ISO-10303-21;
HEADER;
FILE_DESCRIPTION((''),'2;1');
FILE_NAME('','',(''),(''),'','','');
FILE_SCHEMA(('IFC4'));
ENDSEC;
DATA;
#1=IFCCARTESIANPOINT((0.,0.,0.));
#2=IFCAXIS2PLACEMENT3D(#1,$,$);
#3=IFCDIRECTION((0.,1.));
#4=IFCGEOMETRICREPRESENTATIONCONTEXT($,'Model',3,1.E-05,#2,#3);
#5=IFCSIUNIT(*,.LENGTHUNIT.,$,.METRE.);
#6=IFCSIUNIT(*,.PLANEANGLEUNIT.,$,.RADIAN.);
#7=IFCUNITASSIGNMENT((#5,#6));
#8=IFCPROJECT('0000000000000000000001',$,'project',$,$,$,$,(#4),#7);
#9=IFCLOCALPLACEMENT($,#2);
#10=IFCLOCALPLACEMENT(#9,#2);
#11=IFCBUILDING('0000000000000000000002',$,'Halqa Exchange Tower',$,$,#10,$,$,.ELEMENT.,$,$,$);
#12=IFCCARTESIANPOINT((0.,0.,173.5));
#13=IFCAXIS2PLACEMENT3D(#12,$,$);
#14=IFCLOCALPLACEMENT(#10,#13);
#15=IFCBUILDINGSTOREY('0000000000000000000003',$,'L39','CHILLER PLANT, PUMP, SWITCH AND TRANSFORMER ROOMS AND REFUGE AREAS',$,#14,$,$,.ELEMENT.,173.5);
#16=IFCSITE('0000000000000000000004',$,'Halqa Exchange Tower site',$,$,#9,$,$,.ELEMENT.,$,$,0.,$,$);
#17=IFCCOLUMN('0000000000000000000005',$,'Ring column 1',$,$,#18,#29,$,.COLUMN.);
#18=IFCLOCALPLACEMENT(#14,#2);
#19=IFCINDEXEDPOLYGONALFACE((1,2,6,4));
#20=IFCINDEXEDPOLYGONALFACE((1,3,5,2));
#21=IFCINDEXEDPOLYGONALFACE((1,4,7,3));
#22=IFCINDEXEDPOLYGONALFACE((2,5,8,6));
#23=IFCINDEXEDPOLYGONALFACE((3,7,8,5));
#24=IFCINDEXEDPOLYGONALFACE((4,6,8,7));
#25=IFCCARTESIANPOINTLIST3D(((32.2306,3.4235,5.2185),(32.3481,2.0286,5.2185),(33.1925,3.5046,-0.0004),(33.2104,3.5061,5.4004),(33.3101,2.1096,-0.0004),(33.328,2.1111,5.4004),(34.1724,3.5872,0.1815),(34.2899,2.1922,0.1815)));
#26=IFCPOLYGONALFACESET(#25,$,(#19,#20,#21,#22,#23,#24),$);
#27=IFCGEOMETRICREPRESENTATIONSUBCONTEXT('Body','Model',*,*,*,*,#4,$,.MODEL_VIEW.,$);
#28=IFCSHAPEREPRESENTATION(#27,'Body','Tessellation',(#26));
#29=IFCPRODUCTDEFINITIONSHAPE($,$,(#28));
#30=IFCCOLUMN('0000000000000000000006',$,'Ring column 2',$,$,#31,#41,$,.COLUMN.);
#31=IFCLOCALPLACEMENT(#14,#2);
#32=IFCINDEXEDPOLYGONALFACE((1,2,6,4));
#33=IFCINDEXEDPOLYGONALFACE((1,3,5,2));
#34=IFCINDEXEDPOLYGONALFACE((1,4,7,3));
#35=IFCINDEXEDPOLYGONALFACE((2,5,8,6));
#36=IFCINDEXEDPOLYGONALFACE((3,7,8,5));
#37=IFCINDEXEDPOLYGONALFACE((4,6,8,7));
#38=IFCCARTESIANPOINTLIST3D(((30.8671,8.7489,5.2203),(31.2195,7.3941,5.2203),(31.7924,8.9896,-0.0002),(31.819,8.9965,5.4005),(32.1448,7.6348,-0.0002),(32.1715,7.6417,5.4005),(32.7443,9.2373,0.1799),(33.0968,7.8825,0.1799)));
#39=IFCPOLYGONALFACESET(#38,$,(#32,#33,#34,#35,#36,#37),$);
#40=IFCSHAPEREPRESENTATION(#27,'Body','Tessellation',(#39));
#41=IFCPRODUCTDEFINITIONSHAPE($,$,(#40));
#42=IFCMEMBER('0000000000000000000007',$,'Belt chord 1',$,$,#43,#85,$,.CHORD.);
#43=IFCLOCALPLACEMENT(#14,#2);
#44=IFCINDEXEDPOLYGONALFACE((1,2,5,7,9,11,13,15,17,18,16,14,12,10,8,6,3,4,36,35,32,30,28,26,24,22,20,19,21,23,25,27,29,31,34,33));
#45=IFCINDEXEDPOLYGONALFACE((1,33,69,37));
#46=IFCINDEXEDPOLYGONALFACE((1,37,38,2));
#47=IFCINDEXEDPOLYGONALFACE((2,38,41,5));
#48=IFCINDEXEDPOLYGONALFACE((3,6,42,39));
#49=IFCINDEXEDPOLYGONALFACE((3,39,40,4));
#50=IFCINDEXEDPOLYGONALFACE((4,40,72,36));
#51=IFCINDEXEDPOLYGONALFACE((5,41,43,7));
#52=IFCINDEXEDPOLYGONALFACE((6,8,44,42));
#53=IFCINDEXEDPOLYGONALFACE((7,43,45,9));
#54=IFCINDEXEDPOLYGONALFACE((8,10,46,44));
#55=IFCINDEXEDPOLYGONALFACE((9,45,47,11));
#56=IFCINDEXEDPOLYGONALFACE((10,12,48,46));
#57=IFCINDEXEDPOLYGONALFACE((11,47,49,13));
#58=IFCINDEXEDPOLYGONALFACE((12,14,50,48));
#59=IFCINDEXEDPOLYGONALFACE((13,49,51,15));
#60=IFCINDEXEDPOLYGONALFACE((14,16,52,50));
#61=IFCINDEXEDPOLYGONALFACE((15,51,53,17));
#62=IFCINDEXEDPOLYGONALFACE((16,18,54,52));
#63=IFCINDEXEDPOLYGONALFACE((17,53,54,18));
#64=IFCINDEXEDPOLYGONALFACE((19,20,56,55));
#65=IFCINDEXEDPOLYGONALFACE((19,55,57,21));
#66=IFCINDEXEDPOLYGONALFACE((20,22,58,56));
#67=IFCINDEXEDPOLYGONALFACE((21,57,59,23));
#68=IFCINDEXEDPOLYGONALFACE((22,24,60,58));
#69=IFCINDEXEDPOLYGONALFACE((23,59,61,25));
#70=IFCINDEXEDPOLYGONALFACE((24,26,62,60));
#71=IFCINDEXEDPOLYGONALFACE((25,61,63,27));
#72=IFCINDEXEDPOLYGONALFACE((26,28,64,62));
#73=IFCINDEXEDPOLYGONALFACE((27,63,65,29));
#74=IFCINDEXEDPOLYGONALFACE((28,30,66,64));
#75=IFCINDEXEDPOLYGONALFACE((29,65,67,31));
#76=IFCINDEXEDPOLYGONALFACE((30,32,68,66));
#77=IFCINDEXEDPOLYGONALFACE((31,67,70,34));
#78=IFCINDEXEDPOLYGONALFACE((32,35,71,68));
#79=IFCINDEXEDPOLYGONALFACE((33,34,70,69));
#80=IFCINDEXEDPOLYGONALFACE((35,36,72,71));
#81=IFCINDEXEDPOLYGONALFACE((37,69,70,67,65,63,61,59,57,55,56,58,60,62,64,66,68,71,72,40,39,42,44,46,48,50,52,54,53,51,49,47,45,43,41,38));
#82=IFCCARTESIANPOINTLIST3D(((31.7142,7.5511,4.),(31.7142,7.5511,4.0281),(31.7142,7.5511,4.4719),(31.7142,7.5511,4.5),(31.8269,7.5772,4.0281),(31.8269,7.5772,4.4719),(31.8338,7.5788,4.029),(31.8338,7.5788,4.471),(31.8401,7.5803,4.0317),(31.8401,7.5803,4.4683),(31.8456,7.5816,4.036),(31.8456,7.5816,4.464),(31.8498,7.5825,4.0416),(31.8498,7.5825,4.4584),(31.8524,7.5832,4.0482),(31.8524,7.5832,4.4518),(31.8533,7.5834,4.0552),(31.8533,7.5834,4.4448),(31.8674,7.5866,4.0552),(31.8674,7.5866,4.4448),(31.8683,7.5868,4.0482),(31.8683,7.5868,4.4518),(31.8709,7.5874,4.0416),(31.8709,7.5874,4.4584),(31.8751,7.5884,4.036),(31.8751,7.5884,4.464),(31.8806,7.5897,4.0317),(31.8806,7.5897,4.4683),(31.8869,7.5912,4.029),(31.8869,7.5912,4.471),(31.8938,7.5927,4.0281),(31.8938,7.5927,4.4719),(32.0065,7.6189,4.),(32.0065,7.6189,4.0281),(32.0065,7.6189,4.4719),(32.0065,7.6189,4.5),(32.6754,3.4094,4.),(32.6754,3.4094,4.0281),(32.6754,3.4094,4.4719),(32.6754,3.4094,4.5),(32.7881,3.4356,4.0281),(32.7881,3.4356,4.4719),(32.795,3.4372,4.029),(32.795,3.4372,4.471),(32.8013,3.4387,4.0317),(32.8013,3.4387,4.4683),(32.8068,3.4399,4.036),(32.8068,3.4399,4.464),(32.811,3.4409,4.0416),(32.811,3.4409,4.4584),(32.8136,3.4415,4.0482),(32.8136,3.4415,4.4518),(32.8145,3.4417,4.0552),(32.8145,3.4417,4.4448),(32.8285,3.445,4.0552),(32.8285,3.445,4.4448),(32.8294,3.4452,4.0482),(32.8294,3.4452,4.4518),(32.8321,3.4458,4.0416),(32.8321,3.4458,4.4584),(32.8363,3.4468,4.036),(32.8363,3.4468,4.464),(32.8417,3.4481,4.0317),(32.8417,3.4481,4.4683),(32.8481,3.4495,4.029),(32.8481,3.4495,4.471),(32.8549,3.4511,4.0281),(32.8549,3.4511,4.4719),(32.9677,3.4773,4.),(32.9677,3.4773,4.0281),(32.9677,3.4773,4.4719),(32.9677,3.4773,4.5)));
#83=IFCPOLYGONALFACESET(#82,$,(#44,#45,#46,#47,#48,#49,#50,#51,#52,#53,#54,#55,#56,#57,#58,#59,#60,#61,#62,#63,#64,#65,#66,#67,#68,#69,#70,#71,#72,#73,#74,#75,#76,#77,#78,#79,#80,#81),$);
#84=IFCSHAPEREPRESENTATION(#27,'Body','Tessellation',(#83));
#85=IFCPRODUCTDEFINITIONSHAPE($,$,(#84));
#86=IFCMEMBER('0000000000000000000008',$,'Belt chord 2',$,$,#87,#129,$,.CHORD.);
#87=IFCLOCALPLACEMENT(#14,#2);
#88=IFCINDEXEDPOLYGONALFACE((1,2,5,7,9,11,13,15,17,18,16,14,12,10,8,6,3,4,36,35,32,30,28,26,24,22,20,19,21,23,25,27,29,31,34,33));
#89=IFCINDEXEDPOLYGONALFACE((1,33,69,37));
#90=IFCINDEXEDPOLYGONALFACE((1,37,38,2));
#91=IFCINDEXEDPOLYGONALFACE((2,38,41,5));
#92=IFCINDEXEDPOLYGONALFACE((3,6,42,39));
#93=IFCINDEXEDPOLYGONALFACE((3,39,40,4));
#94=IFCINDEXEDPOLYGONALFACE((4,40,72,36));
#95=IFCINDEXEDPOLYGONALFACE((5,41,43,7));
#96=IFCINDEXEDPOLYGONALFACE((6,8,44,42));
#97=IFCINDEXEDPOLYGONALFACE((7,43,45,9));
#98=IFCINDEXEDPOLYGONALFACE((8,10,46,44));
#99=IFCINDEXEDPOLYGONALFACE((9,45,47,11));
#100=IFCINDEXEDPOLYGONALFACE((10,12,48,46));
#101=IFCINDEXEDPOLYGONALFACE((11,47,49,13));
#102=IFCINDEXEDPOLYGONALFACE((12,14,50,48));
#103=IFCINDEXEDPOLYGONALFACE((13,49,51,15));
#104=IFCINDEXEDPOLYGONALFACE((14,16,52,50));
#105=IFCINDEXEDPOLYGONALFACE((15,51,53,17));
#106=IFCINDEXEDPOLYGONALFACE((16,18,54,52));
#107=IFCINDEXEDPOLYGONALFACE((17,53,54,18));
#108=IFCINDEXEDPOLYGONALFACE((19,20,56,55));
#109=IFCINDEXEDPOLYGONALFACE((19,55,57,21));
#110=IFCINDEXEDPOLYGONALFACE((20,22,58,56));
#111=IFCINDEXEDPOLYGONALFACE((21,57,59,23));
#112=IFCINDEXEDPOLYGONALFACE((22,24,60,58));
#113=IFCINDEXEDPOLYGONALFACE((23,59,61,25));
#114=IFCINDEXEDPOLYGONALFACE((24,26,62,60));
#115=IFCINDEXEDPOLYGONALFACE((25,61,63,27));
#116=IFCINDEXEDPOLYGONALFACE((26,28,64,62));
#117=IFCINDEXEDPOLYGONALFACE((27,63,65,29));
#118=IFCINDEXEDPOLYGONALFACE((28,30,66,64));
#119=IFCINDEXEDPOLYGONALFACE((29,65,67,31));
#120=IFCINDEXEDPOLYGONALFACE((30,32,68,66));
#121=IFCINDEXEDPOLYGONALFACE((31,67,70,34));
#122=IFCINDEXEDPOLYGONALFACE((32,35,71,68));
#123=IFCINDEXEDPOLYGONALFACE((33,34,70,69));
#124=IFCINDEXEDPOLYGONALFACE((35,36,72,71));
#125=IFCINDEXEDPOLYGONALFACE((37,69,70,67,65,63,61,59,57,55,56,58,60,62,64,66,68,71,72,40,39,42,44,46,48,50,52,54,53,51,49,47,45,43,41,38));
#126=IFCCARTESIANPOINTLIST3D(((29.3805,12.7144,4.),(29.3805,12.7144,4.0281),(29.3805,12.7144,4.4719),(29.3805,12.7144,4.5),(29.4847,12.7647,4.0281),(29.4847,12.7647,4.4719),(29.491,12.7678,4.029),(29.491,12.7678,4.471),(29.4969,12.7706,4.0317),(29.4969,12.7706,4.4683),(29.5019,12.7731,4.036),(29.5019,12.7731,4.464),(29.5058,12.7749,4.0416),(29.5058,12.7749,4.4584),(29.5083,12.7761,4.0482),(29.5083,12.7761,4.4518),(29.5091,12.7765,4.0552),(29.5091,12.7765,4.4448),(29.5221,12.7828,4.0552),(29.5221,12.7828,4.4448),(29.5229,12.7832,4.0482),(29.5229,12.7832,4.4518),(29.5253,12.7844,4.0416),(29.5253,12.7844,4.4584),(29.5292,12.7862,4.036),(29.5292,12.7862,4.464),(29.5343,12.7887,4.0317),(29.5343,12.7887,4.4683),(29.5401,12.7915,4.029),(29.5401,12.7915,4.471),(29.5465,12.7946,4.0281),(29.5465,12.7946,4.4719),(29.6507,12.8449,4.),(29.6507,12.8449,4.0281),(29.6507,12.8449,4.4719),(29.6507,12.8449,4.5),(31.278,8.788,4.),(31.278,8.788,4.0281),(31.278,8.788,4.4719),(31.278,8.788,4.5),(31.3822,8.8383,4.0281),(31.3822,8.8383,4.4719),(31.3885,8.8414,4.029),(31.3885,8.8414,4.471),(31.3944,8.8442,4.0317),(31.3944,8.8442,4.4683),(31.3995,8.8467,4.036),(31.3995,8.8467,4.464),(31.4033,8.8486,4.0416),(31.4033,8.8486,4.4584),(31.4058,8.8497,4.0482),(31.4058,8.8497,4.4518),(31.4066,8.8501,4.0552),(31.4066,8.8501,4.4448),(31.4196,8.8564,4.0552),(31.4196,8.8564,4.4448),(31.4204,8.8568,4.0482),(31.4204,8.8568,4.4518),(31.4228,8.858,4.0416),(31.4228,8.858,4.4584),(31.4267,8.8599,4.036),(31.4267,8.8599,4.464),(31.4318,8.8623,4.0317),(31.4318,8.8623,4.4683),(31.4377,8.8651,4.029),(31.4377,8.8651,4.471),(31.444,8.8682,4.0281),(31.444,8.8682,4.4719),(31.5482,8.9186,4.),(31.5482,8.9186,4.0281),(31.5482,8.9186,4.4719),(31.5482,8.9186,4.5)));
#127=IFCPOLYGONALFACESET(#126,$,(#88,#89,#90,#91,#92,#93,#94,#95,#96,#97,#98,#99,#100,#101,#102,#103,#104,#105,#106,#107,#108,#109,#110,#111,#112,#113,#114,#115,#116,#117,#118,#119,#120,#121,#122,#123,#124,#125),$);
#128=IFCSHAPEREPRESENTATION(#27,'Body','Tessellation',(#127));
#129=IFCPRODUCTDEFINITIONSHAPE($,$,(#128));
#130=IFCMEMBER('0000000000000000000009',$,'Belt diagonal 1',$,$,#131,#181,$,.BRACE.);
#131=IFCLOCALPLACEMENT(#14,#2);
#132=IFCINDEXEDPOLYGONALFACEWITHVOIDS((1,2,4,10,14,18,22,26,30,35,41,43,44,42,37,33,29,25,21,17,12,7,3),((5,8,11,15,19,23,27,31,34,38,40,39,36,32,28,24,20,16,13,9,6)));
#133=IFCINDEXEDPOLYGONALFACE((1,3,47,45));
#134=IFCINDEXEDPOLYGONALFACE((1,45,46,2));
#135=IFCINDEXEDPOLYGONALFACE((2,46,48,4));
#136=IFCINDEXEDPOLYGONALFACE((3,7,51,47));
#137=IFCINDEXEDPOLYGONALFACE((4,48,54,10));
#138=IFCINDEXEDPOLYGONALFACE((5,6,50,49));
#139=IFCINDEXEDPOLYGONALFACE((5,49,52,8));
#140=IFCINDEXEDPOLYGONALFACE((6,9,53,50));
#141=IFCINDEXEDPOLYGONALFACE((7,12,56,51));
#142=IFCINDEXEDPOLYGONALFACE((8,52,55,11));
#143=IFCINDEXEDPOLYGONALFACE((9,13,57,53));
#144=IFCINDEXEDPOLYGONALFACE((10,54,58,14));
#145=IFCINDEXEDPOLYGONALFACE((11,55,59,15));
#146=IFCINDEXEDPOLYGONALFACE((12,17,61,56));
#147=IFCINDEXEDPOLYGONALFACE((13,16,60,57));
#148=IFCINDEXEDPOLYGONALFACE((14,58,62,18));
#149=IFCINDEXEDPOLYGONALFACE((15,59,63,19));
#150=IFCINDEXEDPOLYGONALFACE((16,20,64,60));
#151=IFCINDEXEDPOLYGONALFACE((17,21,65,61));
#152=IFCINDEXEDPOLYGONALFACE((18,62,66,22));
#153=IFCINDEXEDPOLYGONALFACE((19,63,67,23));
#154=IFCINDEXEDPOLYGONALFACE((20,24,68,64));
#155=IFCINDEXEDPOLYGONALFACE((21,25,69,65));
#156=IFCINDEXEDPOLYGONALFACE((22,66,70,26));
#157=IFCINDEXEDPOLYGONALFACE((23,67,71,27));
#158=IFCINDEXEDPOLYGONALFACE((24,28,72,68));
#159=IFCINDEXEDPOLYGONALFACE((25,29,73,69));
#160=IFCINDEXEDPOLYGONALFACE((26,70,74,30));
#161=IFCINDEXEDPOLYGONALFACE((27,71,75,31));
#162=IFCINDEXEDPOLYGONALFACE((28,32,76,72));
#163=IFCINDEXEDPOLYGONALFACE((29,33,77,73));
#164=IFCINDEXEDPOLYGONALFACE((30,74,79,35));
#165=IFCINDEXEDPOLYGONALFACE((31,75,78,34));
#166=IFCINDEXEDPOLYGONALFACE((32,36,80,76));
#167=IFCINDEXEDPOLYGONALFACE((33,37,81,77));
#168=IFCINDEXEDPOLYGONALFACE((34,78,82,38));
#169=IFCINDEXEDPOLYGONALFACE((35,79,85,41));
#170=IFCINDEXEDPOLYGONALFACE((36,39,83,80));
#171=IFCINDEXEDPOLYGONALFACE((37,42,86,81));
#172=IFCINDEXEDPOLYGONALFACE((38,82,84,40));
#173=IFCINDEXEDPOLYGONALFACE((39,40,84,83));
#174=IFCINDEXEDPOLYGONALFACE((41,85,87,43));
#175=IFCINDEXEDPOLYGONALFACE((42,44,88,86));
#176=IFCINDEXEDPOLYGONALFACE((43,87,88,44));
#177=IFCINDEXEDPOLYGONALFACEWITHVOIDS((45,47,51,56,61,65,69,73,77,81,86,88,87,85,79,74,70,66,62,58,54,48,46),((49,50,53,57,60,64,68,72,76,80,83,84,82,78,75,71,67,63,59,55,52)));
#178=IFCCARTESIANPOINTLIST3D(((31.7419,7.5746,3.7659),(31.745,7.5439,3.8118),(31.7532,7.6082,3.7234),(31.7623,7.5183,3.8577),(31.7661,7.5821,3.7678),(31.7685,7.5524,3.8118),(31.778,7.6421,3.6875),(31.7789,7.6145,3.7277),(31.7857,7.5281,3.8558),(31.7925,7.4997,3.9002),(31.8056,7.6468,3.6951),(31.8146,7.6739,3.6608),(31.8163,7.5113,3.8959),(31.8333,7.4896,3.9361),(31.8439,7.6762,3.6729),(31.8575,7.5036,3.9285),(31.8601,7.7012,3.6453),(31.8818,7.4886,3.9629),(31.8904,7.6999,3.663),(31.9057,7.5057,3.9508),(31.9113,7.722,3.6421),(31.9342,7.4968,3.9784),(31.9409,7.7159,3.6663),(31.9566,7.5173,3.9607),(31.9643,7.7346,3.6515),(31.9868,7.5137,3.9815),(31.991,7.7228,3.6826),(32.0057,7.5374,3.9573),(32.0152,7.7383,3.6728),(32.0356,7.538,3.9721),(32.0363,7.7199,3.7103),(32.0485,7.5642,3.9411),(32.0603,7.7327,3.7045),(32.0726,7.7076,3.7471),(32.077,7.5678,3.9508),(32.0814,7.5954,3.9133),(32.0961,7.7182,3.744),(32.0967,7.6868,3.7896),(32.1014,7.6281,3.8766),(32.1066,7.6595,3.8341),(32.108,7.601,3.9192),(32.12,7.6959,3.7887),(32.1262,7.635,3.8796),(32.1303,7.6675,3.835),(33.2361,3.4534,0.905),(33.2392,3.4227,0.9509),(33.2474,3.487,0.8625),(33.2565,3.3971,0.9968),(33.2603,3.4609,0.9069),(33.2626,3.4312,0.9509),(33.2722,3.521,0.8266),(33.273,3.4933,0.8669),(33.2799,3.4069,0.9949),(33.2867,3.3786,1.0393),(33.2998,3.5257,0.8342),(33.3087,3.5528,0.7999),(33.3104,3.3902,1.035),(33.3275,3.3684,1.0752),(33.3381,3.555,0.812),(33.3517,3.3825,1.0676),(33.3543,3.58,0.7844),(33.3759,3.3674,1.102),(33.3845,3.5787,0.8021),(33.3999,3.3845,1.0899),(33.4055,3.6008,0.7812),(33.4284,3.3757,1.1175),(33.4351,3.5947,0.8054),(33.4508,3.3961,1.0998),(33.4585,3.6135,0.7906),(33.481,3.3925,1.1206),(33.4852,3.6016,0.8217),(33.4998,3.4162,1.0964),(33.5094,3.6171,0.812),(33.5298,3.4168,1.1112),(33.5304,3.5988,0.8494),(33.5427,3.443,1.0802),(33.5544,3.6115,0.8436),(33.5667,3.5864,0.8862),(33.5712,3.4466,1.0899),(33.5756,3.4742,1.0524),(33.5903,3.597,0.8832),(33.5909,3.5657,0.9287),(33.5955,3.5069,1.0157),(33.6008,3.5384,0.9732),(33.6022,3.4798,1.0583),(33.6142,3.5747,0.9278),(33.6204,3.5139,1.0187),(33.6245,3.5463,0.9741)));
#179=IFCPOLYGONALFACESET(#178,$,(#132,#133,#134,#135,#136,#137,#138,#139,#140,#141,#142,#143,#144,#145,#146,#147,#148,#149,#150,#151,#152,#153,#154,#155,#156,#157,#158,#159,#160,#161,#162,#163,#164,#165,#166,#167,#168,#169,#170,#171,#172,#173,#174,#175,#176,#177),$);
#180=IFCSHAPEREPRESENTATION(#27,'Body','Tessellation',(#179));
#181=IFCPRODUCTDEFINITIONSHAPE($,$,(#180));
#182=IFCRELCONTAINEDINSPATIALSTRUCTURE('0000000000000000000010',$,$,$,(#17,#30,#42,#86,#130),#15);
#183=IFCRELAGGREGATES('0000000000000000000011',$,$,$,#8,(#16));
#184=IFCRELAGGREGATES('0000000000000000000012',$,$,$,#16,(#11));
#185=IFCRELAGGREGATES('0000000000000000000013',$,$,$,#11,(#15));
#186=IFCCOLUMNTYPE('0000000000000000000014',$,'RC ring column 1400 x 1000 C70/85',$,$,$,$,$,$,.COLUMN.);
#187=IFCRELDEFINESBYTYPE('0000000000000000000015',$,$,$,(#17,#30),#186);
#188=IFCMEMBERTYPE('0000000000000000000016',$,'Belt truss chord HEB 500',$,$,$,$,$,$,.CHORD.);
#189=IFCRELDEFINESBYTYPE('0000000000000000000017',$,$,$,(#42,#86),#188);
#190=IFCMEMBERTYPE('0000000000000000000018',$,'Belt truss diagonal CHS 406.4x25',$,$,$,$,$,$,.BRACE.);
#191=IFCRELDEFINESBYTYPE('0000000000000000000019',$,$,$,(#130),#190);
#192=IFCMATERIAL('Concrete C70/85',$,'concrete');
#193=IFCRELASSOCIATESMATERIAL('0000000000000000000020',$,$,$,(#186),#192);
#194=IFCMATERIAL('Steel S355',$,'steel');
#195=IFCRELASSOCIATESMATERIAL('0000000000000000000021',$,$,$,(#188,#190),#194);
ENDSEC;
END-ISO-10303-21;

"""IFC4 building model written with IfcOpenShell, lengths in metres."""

from ifc_helpers import new_model, si_unit, direction, frame, origin, origin_2d, place, context, subcontext, project, spatial, rectangle, hollow_circle, i_section, extrude, material, material_profile, profile_set, type_object, element, save


model = new_model("IFC4")

# Units and contexts
model_context = context("Model", 3, precision=1e-05, world=origin(), true_north=direction((0.0, 1.0)))
body_context = subcontext(model_context, "Body", "Model", "MODEL_VIEW")
ifc_project = project(units=[si_unit("LENGTHUNIT", "METRE"), si_unit("PLANEANGLEUNIT", "RADIAN")], contexts=[model_context])

# Site, building, storey
site_placement = place(None, origin())
site = spatial("IfcSite", under=ifc_project, at=site_placement, Name="Halqa Exchange Tower site", CompositionType="ELEMENT", RefElevation=0.0)
building_placement = place(site_placement, origin())
building = spatial("IfcBuilding", under=site, at=building_placement, Name="Halqa Exchange Tower", CompositionType="ELEMENT")
storey_placement = place(building_placement, frame((0.0, 0.0, 173.5)))
storey = spatial("IfcBuildingStorey", under=building, at=storey_placement, Name="L39", Description="CHILLER PLANT, PUMP, SWITCH AND TRANSFORMER ROOMS AND REFUGE AREAS", CompositionType="ELEMENT", Elevation=173.5)

# Columns
ifc_material_1 = material(Name="Concrete C70/85", Category="concrete")
ifc_material_profile_1 = material_profile(ifc_material_1, rectangle(XDim=1.3999, YDim=1.0, at=origin_2d()), Name="1400 x 1000")
ifc_profile_set_1 = profile_set([ifc_material_profile_1], Name="Concrete C70/85")
column_type = type_object("IfcColumnType", Name="RC ring column 1400 x 1000 C70/85", PredefinedType="COLUMN", material=ifc_profile_set_1)
for number, where, z_axis, x_axis, name in (
    (1, (33.7412, 2.8484, 0.0906), (-0.181244, -0.015272, 0.98332), (0.083966, -0.996469, 0.0), "Ring column 1"),
    (2, (32.4446, 8.436, 0.0898), (-0.174344, -0.045357, 0.98364), (0.251777, -0.967785, 0.0), "Ring column 2"),
):
    element("IfcColumn", number, at=place(storey_placement, frame(where, z_axis=z_axis, x_axis=x_axis)), inside=storey, type_object=column_type, Name=name, PredefinedType="COLUMN", context=body_context, shape_type="SweptSolid", body=[
        extrude(rectangle(XDim=1.3999, YDim=1.0, at=origin_2d()), origin(), (0.0, 0.0, 1.0), 5.3074),
    ])

# Members
ifc_material_2 = material(Name="Steel S355", Category="steel")
ifc_material_profile_2 = material_profile(ifc_material_2, i_section(OverallWidth=0.3, OverallDepth=0.5, WebThickness=0.0144, FlangeThickness=0.0281, FilletRadius=0.0271, at=origin_2d()), Name="HEB 500")
ifc_profile_set_2 = profile_set([ifc_material_profile_2], Name="Steel S355")
member_type_1 = type_object("IfcMemberType", Name="Belt truss chord HEB 500", PredefinedType="CHORD", material=ifc_profile_set_2)
member_1_placement = place(storey_placement, frame((32.8215, 3.4434, 4.25), z_axis=(-0.226071, 0.974111, 0.0), x_axis=(-0.974111, -0.226071, 0.0)))
element("IfcMember", 3, at=member_1_placement, inside=storey, type_object=member_type_1, Name="Belt chord 1", PredefinedType="CHORD", context=body_context, shape_type="SweptSolid", body=[
    extrude(i_section(OverallWidth=0.3, OverallDepth=0.5, WebThickness=0.0144, FlangeThickness=0.0281, FilletRadius=0.0271, at=origin_2d()), origin(), (0.0, 0.0, 1.0), 4.2517),
])
member_2_placement = place(storey_placement, frame((31.4131, 8.8533, 4.25), z_axis=(-0.435125, 0.90037, 0.0), x_axis=(-0.90037, -0.435125, 0.0)))
element("IfcMember", 4, at=member_2_placement, inside=storey, type_object=member_type_1, Name="Belt chord 2", PredefinedType="CHORD", context=body_context, shape_type="SweptSolid", body=[
    extrude(i_section(OverallWidth=0.3, OverallDepth=0.5, WebThickness=0.0144, FlangeThickness=0.0281, FilletRadius=0.0271, at=origin_2d()), origin(), (0.0, 0.0, 1.0), 4.3608),
])
ifc_material_profile_3 = material_profile(ifc_material_2, hollow_circle(Radius=0.2031, WallThickness=0.0249, at=origin_2d()), Name="CHS 406.4x25")
ifc_profile_set_3 = profile_set([ifc_material_profile_3], Name="Steel S355")
member_type_2 = type_object("IfcMemberType", Name="Belt truss diagonal CHS 406.4x25", PredefinedType="BRACE", material=ifc_profile_set_3)
member_3_placement = place(storey_placement, frame((33.4302, 3.4919, 0.9509), z_axis=(-0.285439, 0.787291, 0.546533), x_axis=(-0.940118, -0.340849, 0.0)))
element("IfcMember", 5, at=member_3_placement, inside=storey, type_object=member_type_2, Name="Belt diagonal 1", PredefinedType="BRACE", context=body_context, shape_type="SweptSolid", body=[
    extrude(hollow_circle(Radius=0.2031, WallThickness=0.0249, at=origin_2d()), origin(), (0.0, 0.0, 1.0), 5.2346),
])

save(model, "model.ifc")
